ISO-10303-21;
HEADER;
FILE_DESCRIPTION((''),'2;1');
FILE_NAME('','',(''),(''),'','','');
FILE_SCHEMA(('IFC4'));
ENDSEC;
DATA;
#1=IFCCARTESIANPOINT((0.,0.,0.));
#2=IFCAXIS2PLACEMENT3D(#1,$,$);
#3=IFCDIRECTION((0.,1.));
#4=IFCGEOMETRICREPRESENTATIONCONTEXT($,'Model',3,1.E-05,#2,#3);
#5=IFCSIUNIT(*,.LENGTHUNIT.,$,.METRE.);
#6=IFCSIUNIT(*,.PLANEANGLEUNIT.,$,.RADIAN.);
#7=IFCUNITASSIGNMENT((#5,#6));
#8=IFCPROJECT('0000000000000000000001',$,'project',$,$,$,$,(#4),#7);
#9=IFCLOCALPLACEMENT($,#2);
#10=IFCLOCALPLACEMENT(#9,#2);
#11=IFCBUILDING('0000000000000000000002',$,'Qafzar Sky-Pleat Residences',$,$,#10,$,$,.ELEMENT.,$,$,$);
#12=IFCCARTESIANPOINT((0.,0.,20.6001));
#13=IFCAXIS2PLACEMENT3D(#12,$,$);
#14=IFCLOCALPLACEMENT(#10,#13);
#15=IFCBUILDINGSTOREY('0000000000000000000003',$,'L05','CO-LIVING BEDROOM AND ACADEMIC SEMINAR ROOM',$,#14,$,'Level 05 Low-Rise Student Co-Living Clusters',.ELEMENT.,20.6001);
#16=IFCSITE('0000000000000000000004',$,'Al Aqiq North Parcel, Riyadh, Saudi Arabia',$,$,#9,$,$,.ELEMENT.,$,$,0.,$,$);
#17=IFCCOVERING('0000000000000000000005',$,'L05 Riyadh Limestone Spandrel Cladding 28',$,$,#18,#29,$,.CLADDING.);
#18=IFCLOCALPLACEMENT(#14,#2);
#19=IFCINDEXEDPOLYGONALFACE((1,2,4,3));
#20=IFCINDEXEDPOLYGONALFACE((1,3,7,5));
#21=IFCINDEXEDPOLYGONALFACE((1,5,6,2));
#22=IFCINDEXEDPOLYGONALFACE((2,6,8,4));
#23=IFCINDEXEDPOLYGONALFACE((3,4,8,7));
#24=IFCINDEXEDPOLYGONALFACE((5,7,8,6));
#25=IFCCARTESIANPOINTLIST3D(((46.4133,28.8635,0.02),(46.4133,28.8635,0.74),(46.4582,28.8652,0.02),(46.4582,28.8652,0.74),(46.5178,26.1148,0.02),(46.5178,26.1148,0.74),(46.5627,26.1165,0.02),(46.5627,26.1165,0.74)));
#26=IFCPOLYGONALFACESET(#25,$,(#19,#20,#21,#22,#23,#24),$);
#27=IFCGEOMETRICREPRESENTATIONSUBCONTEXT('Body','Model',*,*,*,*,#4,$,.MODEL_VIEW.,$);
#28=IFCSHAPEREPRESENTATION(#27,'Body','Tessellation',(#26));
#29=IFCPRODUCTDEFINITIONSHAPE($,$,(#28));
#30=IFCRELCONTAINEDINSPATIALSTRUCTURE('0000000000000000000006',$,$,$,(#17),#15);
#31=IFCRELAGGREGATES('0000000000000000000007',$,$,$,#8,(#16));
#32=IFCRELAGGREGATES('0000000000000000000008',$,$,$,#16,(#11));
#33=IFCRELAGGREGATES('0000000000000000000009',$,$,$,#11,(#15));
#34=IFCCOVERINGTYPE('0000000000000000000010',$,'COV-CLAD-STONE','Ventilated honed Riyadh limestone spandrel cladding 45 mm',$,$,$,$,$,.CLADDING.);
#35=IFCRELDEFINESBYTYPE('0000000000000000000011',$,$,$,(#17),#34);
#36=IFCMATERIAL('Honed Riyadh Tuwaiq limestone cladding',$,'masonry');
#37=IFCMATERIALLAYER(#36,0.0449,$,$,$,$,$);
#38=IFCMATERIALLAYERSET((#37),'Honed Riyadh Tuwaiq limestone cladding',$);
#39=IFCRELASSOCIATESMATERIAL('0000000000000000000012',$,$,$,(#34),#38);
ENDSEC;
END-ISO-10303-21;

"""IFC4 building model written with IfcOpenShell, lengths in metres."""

from ifc_helpers import new_model, si_unit, direction, frame, origin, origin_2d, place, context, subcontext, project, spatial, rectangle, extrude, source, transform, mapped, material, layer, layer_set, type_object, element, save


model = new_model("IFC4")

# Units and contexts
model_context = context("Model", 3, precision=1e-05, world=origin(), true_north=direction((0.0, 1.0)))
body_context = subcontext(model_context, "Body", "Model", "MODEL_VIEW")
ifc_project = project(units=[si_unit("LENGTHUNIT", "METRE"), si_unit("PLANEANGLEUNIT", "RADIAN")], contexts=[model_context])

# Site, building, storey
site_placement = place(None, origin())
site = spatial("IfcSite", under=ifc_project, at=site_placement, Name="Al Aqiq North Parcel, Riyadh, Saudi Arabia", CompositionType="ELEMENT", RefElevation=0.0)
building_placement = place(site_placement, origin())
building = spatial("IfcBuilding", under=site, at=building_placement, Name="Qafzar Sky-Pleat Residences", CompositionType="ELEMENT")
storey_placement = place(building_placement, frame((0.0, 0.0, 20.6001)))
storey = spatial("IfcBuildingStorey", under=building, at=storey_placement, Name="L05", Description="CO-LIVING BEDROOM AND ACADEMIC SEMINAR ROOM", LongName="Level 05 Low-Rise Student Co-Living Clusters", CompositionType="ELEMENT", Elevation=20.6001)

# Covering
ifc_material_1 = material(Name="Honed Riyadh Tuwaiq limestone cladding", Category="masonry")
ifc_layer_1 = layer(ifc_material_1, 0.0449)
ifc_layer_set_1 = layer_set([ifc_layer_1], Name="Honed Riyadh Tuwaiq limestone cladding")
covering_type = type_object("IfcCoveringType", Name="COV-CLAD-STONE", Description="Ventilated honed Riyadh limestone spandrel cladding 45 mm", PredefinedType="CLADDING", material=ifc_layer_set_1)
shared_shape_1 = source(origin(), body_context, "Body", "SweptSolid", [
    extrude(rectangle(XDim=2.7507, YDim=0.0449, at=origin_2d()), origin(), (0.0, 0.0, 1.0), 0.72),
])
covering_placement = place(storey_placement, frame((46.488, 27.49, 0.02), z_axis=(0.0, 0.0, 1.0), x_axis=(-0.037986, 0.999278, 0.0)))
element("IfcCovering", 1, at=covering_placement, inside=storey, type_object=covering_type, Name="L05 Riyadh Limestone Spandrel Cladding 28", PredefinedType="CLADDING", context=body_context, shape_type="MappedRepresentation", body=[
    mapped(shared_shape_1, transform((0.0, 0.0, 0.0), x_axis=(1.0, 0.0, 0.0), y_axis=(0.0, 1.0, 0.0), z_axis=(0.0, 0.0, 1.0), scale=1.0)),
])

save(model, "model.ifc")
